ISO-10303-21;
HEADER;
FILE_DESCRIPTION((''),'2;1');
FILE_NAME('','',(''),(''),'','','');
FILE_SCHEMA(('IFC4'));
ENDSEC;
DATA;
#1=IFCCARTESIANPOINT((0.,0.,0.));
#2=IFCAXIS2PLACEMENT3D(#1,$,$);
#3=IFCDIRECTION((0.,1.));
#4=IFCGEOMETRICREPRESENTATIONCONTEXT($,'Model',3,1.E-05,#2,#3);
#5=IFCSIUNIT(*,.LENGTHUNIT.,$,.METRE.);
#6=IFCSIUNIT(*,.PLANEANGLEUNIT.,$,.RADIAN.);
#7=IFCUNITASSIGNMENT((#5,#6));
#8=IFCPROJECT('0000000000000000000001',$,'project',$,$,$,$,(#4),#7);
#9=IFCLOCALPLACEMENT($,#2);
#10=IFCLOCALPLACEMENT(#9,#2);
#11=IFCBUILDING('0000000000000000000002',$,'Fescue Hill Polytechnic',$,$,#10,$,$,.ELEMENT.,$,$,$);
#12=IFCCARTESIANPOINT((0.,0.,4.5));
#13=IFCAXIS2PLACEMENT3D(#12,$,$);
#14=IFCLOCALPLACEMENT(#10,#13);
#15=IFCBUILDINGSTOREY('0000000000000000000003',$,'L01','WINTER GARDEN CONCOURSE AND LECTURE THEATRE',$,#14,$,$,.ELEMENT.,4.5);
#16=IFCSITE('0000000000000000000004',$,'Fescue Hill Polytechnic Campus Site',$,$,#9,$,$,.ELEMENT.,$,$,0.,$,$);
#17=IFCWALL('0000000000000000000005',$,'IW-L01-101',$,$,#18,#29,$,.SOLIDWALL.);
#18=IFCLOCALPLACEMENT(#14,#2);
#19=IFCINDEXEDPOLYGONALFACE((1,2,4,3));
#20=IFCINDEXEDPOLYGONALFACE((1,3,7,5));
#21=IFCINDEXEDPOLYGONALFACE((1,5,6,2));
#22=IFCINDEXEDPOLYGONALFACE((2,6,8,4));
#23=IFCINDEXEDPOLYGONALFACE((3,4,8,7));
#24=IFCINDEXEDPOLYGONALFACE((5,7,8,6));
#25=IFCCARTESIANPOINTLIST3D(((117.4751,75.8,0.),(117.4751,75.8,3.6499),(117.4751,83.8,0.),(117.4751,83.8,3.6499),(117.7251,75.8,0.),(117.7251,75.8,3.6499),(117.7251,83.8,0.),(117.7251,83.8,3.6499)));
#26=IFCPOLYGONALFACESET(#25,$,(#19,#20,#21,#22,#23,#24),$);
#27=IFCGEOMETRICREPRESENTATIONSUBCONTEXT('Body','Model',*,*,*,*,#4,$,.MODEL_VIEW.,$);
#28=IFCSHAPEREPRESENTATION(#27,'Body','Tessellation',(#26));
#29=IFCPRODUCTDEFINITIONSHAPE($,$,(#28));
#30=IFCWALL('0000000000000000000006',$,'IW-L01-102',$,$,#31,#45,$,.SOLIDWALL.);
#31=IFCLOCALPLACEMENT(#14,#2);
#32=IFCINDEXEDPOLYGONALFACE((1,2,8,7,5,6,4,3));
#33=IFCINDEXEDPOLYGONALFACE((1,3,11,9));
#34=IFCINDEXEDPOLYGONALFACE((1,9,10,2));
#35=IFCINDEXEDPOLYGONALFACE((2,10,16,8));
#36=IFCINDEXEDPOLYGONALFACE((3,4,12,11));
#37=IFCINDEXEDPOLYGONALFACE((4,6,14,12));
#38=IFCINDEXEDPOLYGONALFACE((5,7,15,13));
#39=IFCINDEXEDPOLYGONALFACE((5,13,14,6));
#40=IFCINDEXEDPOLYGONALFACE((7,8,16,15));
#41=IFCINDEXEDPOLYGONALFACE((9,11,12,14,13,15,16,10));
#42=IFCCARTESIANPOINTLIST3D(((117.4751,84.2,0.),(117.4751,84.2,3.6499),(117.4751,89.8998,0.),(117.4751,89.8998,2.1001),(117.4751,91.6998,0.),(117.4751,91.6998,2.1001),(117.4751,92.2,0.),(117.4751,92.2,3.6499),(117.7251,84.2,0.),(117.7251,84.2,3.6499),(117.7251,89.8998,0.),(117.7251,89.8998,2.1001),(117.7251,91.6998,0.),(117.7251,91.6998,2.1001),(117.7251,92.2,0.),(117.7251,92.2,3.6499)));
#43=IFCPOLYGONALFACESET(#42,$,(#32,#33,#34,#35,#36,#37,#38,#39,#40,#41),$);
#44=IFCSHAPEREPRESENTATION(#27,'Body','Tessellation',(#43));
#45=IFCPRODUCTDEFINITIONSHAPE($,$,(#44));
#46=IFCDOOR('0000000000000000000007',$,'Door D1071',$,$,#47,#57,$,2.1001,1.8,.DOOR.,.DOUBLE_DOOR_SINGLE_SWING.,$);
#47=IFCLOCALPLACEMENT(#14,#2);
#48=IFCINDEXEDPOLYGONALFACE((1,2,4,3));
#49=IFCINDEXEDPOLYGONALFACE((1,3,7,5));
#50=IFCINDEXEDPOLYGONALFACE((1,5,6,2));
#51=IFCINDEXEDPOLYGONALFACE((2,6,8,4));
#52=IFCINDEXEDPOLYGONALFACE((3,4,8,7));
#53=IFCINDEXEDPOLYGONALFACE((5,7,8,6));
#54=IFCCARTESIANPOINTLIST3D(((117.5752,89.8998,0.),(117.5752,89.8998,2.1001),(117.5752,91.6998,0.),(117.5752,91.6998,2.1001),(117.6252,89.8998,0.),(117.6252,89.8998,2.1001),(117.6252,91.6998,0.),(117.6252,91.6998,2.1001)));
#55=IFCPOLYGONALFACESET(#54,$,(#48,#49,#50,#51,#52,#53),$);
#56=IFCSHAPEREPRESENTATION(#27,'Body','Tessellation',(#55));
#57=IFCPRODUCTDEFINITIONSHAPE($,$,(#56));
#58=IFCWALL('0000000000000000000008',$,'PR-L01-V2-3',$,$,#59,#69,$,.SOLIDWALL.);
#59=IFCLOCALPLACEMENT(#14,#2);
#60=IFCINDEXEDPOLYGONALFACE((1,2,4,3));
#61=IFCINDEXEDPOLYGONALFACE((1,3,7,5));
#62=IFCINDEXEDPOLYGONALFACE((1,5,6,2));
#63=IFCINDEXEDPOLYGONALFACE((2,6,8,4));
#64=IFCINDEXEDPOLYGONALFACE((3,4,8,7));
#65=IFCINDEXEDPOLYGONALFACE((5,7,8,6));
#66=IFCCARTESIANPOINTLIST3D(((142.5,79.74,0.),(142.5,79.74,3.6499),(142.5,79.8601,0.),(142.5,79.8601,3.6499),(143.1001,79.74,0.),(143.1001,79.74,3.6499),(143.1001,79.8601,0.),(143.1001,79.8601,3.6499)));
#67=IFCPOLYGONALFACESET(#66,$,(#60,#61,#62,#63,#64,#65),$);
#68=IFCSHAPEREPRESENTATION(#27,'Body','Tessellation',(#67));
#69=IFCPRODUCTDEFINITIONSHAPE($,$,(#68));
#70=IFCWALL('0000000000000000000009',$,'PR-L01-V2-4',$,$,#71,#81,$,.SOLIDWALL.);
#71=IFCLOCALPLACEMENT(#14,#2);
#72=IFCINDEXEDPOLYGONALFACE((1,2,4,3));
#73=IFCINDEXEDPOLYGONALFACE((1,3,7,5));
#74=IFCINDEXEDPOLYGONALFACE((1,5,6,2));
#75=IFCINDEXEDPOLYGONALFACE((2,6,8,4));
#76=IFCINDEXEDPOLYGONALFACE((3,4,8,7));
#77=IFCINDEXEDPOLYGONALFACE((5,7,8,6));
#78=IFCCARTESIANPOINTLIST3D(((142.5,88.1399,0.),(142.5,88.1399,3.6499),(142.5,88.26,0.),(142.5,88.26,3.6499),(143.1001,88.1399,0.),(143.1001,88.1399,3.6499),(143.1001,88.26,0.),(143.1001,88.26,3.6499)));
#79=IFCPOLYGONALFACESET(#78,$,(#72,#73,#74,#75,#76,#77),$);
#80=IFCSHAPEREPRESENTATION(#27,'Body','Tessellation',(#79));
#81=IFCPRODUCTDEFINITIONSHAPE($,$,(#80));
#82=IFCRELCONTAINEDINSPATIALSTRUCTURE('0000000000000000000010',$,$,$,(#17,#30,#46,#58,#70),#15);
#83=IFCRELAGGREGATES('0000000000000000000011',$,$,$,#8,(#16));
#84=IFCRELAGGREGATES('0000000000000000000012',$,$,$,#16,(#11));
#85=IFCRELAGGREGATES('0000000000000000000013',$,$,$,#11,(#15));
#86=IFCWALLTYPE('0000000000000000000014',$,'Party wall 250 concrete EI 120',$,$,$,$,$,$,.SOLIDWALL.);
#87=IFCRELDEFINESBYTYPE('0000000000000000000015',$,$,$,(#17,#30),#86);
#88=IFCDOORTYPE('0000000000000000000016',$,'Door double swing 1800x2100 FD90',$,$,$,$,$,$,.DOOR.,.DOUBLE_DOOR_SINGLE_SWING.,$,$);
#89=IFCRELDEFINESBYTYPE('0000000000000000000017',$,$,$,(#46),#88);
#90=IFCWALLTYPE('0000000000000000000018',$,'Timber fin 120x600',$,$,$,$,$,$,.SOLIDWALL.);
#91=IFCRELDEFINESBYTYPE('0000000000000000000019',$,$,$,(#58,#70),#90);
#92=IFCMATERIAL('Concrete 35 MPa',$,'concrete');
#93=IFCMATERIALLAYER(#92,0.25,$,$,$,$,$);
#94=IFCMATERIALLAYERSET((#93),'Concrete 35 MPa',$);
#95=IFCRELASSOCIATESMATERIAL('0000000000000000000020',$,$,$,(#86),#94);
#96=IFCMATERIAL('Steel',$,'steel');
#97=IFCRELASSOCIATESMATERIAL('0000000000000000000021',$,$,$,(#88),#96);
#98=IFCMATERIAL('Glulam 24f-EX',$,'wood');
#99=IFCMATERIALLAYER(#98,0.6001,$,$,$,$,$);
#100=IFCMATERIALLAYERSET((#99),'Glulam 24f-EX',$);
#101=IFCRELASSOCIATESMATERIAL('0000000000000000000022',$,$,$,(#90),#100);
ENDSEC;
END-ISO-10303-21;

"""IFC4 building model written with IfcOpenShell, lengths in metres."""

from ifc_helpers import new_model, si_unit, direction, frame, frame_2d, origin, place, context, subcontext, project, spatial, rectangle, extrude, material, layer, layer_set, type_object, element, fill, save


model = new_model("IFC4")

# Units and contexts
model_context = context("Model", 3, precision=1e-05, world=origin(), true_north=direction((0.0, 1.0)))
body_context = subcontext(model_context, "Body", "Model", "MODEL_VIEW")
ifc_project = project(units=[si_unit("LENGTHUNIT", "METRE"), si_unit("PLANEANGLEUNIT", "RADIAN")], contexts=[model_context])

# Site, building, storey
site_placement = place(None, origin())
site = spatial("IfcSite", under=ifc_project, at=site_placement, Name="Fescue Hill Polytechnic Campus Site", CompositionType="ELEMENT", RefElevation=0.0)
building_placement = place(site_placement, origin())
building = spatial("IfcBuilding", under=site, at=building_placement, Name="Fescue Hill Polytechnic", CompositionType="ELEMENT")
storey_placement = place(building_placement, frame((0.0, 0.0, 4.5)))
storey = spatial("IfcBuildingStorey", under=building, at=storey_placement, Name="L01", Description="WINTER GARDEN CONCOURSE AND LECTURE THEATRE", CompositionType="ELEMENT", Elevation=4.5)

# Wall
ifc_material_1 = material(Name="Concrete 35 MPa", Category="concrete")
ifc_layer_1 = layer(ifc_material_1, 0.25)
ifc_layer_set_1 = layer_set([ifc_layer_1], Name="Concrete 35 MPa")
wall_type_1 = type_object("IfcWallType", Name="Party wall 250 concrete EI 120", PredefinedType="SOLIDWALL", material=ifc_layer_set_1)
wall_1_placement = place(storey_placement, frame((117.6001, 75.8, 0.0), z_axis=(0.0, 0.0, 1.0), x_axis=(0.0, 1.0, 0.0)))
element("IfcWall", 1, at=wall_1_placement, inside=storey, type_object=wall_type_1, Name="IW-L01-101", PredefinedType="SOLIDWALL", context=body_context, shape_type="SweptSolid", body=[
    extrude(rectangle(XDim=8.0, YDim=0.25, at=frame_2d((4.0, 0.0))), origin(), (0.0, 0.0, 1.0), 3.6499),
])

# Wall, opening, door
wall_2_placement = place(storey_placement, frame((117.6001, 84.2, 0.0), z_axis=(0.0, 0.0, 1.0), x_axis=(0.0, 1.0, 0.0)))
wall_2 = element("IfcWall", 2, at=wall_2_placement, inside=storey, type_object=wall_type_1, Name="IW-L01-102", PredefinedType="SOLIDWALL", context=body_context, shape_type="SweptSolid", body=[
    extrude(rectangle(XDim=8.0, YDim=0.25, at=frame_2d((4.0, 0.0))), origin(), (0.0, 0.0, 1.0), 3.6499),
])
opening_1_placement = place(wall_2_placement, frame((5.7, 0.0, 0.0)))
opening_1 = element("IfcOpeningElement", 3, at=opening_1_placement, cuts=wall_2, PredefinedType="OPENING", context=body_context, shape_type="SweptSolid", body=[
    extrude(rectangle(XDim=1.8, YDim=2.1001, at=frame_2d((0.8999, 1.05))), frame((0.0, 0.135, 0.0), z_axis=(0.0, -1.0, 0.0), x_axis=(1.0, 0.0, 0.0)), (0.0, 0.0, 1.0), 0.27),
])
ifc_material_2 = material(Name="Steel", Category="steel")
door_type = type_object("IfcDoorType", Name="Door double swing 1800x2100 FD90", OperationType="DOUBLE_DOOR_SINGLE_SWING", PredefinedType="DOOR", material=ifc_material_2)
door_placement = place(opening_1_placement, origin())
door = element("IfcDoor", 4, at=door_placement, inside=storey, type_object=door_type, Name="Door D1071", OperationType="DOUBLE_DOOR_SINGLE_SWING", OverallHeight=2.1001, OverallWidth=1.8, PredefinedType="DOOR", context=body_context, shape_type="SweptSolid", body=[
    extrude(rectangle(XDim=1.8, YDim=2.1001, at=frame_2d((0.8999, 1.05))), frame((0.0, 0.0249, 0.0), z_axis=(0.0, -1.0, 0.0), x_axis=(1.0, 0.0, 0.0)), (0.0, 0.0, 1.0), 0.05),
])
fill(opening_1, door)

# Walls
ifc_material_3 = material(Name="Glulam 24f-EX", Category="wood")
ifc_layer_2 = layer(ifc_material_3, 0.6001)
ifc_layer_set_2 = layer_set([ifc_layer_2], Name="Glulam 24f-EX")
wall_type_2 = type_object("IfcWallType", Name="Timber fin 120x600", PredefinedType="SOLIDWALL", material=ifc_layer_set_2)
for number, where, z_axis, x_axis, name in (
    (5, (142.8, 79.74, 0.0), (0.0, 0.0, 1.0), (0.0, 1.0, 0.0), "PR-L01-V2-3"),
    (6, (142.8, 88.1399, 0.0), (0.0, 0.0, 1.0), (0.0, 1.0, 0.0), "PR-L01-V2-4"),
):
    element("IfcWall", number, at=place(storey_placement, frame(where, z_axis=z_axis, x_axis=x_axis)), inside=storey, type_object=wall_type_2, Name=name, PredefinedType="SOLIDWALL", context=body_context, shape_type="SweptSolid", body=[
        extrude(rectangle(XDim=0.1201, YDim=0.6001, at=frame_2d((0.0601, 0.0))), origin(), (0.0, 0.0, 1.0), 3.6499),
    ])

save(model, "model.ifc")
